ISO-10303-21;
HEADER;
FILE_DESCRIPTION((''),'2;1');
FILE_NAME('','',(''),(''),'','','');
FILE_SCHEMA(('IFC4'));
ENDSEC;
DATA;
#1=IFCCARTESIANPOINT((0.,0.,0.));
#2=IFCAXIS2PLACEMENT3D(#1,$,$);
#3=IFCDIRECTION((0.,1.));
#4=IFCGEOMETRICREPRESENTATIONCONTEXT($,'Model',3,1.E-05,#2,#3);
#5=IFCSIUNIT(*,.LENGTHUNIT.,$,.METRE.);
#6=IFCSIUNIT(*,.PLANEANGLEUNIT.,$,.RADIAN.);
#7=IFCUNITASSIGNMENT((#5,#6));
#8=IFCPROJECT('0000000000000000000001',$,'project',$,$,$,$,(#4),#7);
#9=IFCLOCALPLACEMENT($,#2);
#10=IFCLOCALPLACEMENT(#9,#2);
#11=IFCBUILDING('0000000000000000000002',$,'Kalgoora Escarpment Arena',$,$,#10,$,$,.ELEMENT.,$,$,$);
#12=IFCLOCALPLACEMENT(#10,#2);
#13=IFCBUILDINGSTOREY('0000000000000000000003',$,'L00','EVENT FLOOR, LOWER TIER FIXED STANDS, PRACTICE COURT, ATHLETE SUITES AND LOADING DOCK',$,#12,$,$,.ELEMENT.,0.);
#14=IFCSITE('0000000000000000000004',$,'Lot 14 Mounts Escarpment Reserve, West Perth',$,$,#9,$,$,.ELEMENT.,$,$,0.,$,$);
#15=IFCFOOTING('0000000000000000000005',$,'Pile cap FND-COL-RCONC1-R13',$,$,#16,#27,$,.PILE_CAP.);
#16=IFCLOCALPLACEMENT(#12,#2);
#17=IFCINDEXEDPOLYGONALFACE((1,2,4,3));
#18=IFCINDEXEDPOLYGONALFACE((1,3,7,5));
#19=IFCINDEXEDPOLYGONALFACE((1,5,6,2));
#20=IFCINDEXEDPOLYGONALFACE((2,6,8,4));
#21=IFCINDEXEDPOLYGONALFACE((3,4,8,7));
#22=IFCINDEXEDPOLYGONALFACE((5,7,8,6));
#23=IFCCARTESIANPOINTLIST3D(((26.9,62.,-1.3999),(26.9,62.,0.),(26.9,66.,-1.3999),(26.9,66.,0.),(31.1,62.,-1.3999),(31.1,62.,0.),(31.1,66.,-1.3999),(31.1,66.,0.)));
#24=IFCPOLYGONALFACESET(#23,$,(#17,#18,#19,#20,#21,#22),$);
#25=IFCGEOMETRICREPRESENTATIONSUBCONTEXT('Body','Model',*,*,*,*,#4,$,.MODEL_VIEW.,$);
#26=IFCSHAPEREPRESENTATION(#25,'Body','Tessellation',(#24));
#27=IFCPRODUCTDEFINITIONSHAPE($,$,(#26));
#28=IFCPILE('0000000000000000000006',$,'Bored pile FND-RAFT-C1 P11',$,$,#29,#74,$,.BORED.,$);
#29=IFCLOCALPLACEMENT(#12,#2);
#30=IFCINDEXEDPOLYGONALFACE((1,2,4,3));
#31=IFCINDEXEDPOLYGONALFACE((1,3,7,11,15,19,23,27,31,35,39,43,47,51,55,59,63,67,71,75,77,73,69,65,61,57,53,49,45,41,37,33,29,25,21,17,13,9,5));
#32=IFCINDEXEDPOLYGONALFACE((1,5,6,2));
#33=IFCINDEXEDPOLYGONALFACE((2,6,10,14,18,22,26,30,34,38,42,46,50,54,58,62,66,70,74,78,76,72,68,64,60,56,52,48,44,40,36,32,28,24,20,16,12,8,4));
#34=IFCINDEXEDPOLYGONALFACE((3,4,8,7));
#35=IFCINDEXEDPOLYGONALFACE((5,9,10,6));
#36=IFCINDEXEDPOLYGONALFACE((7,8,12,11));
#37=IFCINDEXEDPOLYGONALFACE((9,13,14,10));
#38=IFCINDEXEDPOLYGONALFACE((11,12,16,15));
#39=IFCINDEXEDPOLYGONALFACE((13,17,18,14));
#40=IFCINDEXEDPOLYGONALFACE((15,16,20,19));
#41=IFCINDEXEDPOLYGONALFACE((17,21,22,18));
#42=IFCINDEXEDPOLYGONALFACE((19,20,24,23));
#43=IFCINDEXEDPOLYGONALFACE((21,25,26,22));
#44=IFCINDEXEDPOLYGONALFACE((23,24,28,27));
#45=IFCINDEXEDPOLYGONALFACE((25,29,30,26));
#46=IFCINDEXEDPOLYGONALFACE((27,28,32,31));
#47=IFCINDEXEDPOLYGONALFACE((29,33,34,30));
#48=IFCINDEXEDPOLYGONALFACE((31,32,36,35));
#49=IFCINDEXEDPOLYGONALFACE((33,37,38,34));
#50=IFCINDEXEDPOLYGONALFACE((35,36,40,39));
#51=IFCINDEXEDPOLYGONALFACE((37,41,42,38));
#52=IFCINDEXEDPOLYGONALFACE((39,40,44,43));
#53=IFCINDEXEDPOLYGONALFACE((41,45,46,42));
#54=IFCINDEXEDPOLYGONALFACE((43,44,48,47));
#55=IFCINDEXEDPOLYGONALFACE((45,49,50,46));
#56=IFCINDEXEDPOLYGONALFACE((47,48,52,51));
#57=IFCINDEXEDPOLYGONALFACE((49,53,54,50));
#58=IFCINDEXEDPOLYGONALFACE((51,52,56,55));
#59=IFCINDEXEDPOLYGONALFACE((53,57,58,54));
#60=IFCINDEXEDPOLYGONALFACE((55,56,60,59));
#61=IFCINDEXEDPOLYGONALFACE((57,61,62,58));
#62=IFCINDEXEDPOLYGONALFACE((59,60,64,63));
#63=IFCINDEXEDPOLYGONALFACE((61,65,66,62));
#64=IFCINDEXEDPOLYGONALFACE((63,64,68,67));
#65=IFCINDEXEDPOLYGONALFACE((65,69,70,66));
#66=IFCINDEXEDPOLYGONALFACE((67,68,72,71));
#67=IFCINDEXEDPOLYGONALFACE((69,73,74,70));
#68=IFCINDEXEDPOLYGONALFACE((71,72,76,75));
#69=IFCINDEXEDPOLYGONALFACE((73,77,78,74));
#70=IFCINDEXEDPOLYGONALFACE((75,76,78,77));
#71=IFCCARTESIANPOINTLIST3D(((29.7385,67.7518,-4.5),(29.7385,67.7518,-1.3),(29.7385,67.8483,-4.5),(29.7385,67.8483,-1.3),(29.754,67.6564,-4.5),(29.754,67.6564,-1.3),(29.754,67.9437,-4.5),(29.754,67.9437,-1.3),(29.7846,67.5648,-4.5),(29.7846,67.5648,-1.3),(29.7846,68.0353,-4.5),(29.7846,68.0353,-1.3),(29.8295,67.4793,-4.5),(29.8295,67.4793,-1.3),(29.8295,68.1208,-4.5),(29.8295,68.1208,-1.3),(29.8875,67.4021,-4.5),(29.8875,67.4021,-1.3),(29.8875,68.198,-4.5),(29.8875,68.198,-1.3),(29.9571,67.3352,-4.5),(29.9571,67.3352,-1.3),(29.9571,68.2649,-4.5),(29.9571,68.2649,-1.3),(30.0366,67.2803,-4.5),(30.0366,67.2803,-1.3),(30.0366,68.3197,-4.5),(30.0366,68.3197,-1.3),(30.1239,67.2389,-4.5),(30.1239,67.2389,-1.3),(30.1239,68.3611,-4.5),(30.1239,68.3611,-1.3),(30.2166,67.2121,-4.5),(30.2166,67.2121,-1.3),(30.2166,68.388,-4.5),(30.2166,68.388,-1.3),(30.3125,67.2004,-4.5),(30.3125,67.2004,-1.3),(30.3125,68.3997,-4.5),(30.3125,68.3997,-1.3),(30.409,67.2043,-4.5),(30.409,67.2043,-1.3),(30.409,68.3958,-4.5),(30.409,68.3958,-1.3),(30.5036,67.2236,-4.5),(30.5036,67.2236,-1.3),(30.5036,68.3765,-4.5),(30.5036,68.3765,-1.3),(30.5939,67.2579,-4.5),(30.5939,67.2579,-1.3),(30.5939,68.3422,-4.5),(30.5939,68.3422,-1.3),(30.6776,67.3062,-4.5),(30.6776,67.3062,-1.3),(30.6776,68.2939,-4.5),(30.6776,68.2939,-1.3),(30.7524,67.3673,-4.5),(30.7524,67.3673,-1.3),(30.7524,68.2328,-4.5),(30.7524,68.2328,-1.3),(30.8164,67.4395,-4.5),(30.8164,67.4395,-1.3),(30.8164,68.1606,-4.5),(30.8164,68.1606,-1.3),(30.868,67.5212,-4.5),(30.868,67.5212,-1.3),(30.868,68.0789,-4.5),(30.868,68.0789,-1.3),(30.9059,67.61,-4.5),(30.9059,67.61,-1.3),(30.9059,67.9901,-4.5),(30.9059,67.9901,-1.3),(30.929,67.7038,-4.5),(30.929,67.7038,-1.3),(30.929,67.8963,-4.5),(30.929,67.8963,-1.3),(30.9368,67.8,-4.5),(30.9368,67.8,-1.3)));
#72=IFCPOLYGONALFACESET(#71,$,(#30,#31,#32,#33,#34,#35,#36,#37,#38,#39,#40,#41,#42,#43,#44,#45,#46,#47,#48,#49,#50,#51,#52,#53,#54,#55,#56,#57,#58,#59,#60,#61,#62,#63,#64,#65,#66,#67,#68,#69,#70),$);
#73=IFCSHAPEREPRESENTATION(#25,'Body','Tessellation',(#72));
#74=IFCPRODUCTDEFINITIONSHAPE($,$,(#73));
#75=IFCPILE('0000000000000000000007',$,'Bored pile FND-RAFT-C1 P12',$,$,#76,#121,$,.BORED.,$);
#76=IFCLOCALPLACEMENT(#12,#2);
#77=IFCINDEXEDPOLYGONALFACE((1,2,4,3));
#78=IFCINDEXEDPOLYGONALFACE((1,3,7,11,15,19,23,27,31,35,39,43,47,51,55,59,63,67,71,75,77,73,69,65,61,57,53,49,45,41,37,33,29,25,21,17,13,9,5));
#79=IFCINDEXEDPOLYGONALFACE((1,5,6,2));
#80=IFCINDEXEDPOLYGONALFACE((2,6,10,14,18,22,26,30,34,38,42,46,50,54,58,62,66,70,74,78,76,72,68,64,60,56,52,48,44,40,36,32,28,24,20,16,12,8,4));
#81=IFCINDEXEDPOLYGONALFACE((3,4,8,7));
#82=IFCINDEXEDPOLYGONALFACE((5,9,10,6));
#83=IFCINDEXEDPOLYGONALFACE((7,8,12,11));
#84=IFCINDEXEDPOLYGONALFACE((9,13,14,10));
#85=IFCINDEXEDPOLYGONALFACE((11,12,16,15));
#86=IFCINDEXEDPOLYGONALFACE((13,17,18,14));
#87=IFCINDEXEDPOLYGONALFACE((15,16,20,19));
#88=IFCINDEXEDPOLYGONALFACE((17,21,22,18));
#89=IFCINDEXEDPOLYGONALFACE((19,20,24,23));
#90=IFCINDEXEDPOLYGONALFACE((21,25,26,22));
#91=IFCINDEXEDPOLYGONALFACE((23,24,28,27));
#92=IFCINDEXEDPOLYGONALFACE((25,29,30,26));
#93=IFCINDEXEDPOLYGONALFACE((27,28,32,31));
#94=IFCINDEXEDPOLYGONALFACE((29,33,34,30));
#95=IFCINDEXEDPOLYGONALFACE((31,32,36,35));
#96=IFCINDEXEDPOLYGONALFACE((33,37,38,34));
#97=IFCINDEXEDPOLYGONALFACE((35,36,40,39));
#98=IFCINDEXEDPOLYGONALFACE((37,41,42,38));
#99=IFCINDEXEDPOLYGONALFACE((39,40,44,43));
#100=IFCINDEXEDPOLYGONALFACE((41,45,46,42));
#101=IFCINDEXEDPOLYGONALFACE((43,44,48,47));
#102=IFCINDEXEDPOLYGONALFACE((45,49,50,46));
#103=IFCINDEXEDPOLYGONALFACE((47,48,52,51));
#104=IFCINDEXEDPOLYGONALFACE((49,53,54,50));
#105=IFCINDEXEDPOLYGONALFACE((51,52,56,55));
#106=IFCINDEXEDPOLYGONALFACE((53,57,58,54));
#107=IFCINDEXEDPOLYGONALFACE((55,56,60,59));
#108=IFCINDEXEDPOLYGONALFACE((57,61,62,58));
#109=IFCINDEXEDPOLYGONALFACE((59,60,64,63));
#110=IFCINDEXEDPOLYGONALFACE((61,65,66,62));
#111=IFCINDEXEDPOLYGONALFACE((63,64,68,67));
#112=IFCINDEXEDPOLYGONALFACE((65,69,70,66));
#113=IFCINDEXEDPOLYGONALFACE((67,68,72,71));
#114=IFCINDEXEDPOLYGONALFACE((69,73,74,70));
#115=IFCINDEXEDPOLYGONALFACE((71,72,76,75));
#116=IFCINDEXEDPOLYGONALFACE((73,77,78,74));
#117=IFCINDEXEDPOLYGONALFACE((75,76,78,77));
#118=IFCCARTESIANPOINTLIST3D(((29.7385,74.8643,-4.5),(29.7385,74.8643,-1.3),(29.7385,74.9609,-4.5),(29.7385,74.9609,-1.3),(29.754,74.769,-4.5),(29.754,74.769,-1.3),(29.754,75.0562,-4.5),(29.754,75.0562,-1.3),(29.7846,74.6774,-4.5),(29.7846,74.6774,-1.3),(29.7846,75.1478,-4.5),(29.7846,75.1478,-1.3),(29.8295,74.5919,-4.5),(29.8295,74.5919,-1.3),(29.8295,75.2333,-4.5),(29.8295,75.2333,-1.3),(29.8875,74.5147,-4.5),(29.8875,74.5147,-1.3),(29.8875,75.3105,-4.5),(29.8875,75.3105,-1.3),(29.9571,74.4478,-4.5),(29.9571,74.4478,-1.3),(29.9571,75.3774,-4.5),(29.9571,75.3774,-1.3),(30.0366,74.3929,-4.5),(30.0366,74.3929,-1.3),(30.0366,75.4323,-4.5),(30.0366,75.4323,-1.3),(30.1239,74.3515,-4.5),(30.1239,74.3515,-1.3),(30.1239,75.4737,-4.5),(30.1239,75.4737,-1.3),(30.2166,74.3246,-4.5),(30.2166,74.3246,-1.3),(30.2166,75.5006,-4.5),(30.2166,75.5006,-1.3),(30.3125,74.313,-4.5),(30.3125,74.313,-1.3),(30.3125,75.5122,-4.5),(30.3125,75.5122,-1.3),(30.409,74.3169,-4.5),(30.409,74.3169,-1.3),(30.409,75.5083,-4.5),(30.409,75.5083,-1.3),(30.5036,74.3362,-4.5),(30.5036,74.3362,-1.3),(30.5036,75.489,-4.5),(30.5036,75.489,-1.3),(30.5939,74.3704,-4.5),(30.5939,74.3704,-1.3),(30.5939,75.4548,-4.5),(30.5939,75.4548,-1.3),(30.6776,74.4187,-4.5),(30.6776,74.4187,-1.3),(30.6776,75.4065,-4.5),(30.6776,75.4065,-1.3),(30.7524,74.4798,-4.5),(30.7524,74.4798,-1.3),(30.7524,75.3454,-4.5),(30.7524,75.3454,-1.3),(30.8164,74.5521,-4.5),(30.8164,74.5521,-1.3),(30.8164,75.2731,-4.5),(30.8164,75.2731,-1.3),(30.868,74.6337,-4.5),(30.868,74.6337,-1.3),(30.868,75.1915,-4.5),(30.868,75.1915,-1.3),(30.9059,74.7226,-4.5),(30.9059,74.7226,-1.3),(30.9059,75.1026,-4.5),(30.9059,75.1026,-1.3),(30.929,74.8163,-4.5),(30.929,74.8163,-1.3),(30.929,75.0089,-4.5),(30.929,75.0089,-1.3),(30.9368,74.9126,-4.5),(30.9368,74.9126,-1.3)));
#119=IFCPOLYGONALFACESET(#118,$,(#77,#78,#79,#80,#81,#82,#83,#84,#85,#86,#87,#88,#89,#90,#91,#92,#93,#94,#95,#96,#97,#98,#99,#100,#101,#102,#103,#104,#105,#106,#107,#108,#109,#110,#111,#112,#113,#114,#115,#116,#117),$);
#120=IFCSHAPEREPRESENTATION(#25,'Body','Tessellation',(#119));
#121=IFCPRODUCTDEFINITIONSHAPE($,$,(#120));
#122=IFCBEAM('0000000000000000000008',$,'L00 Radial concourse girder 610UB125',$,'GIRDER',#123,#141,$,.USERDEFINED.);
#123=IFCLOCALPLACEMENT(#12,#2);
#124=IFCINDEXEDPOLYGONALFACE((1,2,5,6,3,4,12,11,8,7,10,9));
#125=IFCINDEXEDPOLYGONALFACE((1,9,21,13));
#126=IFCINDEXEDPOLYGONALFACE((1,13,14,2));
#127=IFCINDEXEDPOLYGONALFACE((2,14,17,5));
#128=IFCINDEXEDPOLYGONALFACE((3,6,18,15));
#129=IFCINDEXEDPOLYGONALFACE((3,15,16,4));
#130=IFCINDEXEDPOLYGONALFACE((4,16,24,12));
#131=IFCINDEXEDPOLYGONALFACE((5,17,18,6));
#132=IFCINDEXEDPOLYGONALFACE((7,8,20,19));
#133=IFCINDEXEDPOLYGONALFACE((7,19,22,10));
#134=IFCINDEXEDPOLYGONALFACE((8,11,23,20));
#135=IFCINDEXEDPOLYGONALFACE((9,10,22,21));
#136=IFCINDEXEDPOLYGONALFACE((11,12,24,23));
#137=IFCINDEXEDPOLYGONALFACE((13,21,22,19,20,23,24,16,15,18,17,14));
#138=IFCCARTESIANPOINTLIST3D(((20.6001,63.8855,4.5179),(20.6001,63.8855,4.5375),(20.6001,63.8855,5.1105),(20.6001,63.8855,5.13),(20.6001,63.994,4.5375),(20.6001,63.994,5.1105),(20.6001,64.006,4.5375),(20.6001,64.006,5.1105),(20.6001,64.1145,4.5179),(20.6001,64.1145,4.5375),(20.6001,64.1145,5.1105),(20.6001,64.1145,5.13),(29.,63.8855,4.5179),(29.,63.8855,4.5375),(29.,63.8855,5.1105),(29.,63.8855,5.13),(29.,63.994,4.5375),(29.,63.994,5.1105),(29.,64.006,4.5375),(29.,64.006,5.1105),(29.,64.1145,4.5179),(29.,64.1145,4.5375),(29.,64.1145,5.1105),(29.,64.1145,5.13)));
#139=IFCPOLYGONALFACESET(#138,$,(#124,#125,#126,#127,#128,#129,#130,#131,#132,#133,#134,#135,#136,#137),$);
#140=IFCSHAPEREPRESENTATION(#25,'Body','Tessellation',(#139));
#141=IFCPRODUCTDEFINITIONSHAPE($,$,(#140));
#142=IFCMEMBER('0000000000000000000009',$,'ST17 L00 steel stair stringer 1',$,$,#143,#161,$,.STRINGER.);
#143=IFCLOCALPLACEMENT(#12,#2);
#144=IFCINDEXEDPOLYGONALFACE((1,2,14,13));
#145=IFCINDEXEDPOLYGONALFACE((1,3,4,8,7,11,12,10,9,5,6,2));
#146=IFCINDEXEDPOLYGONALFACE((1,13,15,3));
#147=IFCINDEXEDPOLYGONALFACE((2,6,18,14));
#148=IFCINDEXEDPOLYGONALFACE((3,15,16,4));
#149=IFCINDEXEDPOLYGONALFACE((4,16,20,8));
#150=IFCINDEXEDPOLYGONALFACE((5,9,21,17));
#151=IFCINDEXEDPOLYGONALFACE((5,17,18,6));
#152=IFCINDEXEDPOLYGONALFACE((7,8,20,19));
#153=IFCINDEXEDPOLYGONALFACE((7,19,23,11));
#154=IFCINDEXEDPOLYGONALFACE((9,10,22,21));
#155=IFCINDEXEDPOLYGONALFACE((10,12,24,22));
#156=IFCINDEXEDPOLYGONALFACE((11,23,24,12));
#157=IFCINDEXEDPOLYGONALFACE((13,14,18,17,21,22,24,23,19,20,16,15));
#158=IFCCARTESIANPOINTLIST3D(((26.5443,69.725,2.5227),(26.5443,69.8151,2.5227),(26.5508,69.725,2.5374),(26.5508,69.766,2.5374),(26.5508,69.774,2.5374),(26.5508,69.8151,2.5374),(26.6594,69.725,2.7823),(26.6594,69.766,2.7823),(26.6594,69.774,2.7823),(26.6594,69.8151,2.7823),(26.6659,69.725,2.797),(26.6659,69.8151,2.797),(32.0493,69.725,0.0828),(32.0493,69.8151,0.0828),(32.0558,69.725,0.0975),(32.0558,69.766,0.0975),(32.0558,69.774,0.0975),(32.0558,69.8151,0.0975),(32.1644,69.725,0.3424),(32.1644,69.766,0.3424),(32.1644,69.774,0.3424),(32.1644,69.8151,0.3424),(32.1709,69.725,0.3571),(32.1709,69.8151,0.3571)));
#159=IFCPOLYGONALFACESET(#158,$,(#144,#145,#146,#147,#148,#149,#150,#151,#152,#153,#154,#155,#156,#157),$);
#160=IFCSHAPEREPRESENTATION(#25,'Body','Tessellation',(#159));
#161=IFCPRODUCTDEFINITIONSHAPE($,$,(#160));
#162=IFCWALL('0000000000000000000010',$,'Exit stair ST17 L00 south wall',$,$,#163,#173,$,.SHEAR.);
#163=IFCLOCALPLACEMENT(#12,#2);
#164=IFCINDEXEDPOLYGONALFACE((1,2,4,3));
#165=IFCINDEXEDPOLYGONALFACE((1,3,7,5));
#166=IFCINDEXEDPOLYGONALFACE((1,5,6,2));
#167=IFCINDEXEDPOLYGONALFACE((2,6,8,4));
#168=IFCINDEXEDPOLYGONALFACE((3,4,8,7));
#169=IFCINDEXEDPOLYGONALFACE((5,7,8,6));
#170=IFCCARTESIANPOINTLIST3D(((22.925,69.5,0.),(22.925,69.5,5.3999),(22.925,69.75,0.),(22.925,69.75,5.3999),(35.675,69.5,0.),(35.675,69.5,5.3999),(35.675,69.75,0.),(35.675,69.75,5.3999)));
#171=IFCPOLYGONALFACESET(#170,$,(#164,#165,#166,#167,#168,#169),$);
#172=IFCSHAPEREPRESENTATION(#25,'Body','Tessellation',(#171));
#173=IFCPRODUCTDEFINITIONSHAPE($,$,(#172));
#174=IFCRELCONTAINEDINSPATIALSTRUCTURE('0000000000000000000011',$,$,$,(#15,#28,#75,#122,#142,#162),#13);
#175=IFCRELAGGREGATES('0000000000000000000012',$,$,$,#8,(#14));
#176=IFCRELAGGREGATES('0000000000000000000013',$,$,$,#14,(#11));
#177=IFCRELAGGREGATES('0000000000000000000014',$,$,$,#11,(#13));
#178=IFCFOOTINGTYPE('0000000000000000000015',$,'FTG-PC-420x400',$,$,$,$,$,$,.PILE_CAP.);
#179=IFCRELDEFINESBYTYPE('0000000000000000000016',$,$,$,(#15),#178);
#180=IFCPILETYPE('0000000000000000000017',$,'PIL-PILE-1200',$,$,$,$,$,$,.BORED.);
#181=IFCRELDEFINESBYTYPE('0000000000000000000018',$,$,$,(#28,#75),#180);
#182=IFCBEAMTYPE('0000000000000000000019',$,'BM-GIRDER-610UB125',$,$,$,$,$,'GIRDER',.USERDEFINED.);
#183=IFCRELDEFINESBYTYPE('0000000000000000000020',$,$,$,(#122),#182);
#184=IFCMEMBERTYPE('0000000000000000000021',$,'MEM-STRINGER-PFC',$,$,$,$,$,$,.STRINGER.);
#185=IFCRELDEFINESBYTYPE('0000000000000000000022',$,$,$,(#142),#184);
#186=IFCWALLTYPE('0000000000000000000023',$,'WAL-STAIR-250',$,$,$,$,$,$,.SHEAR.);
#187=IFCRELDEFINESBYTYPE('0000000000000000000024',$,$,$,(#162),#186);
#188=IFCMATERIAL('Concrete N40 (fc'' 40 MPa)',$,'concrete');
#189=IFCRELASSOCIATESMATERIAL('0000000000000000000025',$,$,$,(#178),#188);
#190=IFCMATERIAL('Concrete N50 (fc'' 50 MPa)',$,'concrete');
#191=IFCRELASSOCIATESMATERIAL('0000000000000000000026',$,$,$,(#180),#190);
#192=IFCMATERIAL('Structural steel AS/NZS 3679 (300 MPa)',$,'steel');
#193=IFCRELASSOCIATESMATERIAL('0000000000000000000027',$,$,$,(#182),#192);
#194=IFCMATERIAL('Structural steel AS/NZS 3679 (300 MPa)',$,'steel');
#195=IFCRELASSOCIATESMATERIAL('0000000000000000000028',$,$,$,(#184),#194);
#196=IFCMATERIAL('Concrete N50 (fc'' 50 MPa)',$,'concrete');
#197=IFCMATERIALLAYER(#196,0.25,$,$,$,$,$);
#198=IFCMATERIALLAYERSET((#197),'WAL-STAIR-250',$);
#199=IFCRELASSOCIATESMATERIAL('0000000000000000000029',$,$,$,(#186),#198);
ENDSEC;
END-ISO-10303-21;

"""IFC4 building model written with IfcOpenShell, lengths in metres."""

from ifc_helpers import new_model, si_unit, direction, frame, frame_2d, origin, origin_2d, place, context, subcontext, project, spatial, rectangle, circle, i_section, extrude, material, layer, layer_set, material_profile, profile_set, type_object, element, save


model = new_model("IFC4")

# Units and contexts
model_context = context("Model", 3, precision=1e-05, world=origin(), true_north=direction((0.0, 1.0)))
body_context = subcontext(model_context, "Body", "Model", "MODEL_VIEW")
ifc_project = project(units=[si_unit("LENGTHUNIT", "METRE"), si_unit("PLANEANGLEUNIT", "RADIAN")], contexts=[model_context])

# Site, building, storey
site_placement = place(None, origin())
site = spatial("IfcSite", under=ifc_project, at=site_placement, Name="Lot 14 Mounts Escarpment Reserve, West Perth", CompositionType="ELEMENT", RefElevation=0.0)
building_placement = place(site_placement, origin())
building = spatial("IfcBuilding", under=site, at=building_placement, Name="Kalgoora Escarpment Arena", CompositionType="ELEMENT")
storey_placement = place(building_placement, origin())
storey = spatial("IfcBuildingStorey", under=building, at=storey_placement, Name="L00", Description="EVENT FLOOR, LOWER TIER FIXED STANDS, PRACTICE COURT, ATHLETE SUITES AND LOADING DOCK", CompositionType="ELEMENT", Elevation=0.0)

# Footing
ifc_material_1 = material(Name="Concrete N40 (fc' 40 MPa)", Category="concrete")
footing_type = type_object("IfcFootingType", Name="FTG-PC-420x400", PredefinedType="PILE_CAP", material=ifc_material_1)
footing_placement = place(storey_placement, frame((29.0, 64.0, -1.3999), z_axis=(0.0, 0.0, 1.0), x_axis=(1.0, 0.0, 0.0)))
element("IfcFooting", 1, at=footing_placement, inside=storey, type_object=footing_type, Name="Pile cap FND-COL-RCONC1-R13", PredefinedType="PILE_CAP", context=body_context, shape_type="SweptSolid", body=[
    extrude(rectangle(XDim=4.2, YDim=4.0, at=origin_2d()), origin(), (0.0, 0.0, 1.0), 1.3999),
])

# Piles
ifc_material_2 = material(Name="Concrete N50 (fc' 50 MPa)", Category="concrete")
ifc_material_profile_1 = material_profile(ifc_material_2, circle(Radius=0.6001, at=origin_2d()))
ifc_profile_set_1 = profile_set([ifc_material_profile_1], Name="Concrete N50 (fc' 50 MPa)")
pile_type = type_object("IfcPileType", Name="PIL-PILE-1200", PredefinedType="BORED", material=ifc_profile_set_1)
for number, where, z_axis, x_axis, name in (
    (2, (30.3367, 67.8, -1.3), (0.0, 0.0, -1.0), (1.0, 0.0, 0.0), "Bored pile FND-RAFT-C1 P11"),
    (3, (30.3367, 74.9126, -1.3), (0.0, 0.0, -1.0), (1.0, 0.0, 0.0), "Bored pile FND-RAFT-C1 P12"),
):
    element("IfcPile", number, at=place(storey_placement, frame(where, z_axis=z_axis, x_axis=x_axis)), inside=storey, type_object=pile_type, Name=name, PredefinedType="BORED", context=body_context, shape_type="SweptSolid", body=[
        extrude(circle(Radius=0.6001, at=origin_2d()), origin(), (0.0, 0.0, 1.0), 3.2),
    ])

# Beam
ifc_material_3 = material(Name="Structural steel AS/NZS 3679 (300 MPa)", Category="steel")
ifc_material_profile_2 = material_profile(ifc_material_3, i_section(OverallWidth=0.229, OverallDepth=0.6121, WebThickness=0.012, FlangeThickness=0.0195, at=origin_2d()))
ifc_profile_set_2 = profile_set([ifc_material_profile_2], Name="Structural steel AS/NZS 3679 (300 MPa)")
beam_type = type_object("IfcBeamType", Name="BM-GIRDER-610UB125", ElementType="GIRDER", PredefinedType="USERDEFINED", material=ifc_profile_set_2)
beam_placement = place(storey_placement, frame((29.0, 64.0, 4.824), z_axis=(-1.0, 0.0, 0.0), x_axis=(0.0, -1.0, 0.0)))
element("IfcBeam", 4, at=beam_placement, inside=storey, type_object=beam_type, Name="L00 Radial concourse girder 610UB125", ObjectType="GIRDER", PredefinedType="USERDEFINED", context=body_context, shape_type="SweptSolid", body=[
    extrude(i_section(OverallWidth=0.229, OverallDepth=0.6121, WebThickness=0.012, FlangeThickness=0.0195, at=origin_2d()), origin(), (0.0, 0.0, 1.0), 8.3999),
])

# Member
ifc_material_4 = material(Name="Structural steel AS/NZS 3679 (300 MPa)", Category="steel")
ifc_material_profile_3 = material_profile(ifc_material_4, i_section(OverallWidth=0.0901, OverallDepth=0.3, WebThickness=0.0081, FlangeThickness=0.0161, at=origin_2d()))
ifc_profile_set_3 = profile_set([ifc_material_profile_3], Name="Structural steel AS/NZS 3679 (300 MPa)")
member_type = type_object("IfcMemberType", Name="MEM-STRINGER-PFC", PredefinedType="STRINGER", material=ifc_profile_set_3)
member_placement = place(storey_placement, frame((32.1101, 69.77, 0.22), z_axis=(-0.914229, 0.0, 0.405198), x_axis=(0.0, -1.0, 0.0)))
element("IfcMember", 5, at=member_placement, inside=storey, type_object=member_type, Name="ST17 L00 steel stair stringer 1", PredefinedType="STRINGER", context=body_context, shape_type="SweptSolid", body=[
    extrude(i_section(OverallWidth=0.0901, OverallDepth=0.3, WebThickness=0.0081, FlangeThickness=0.0161, at=origin_2d()), origin(), (0.0, 0.0, 1.0), 6.0215),
])

# Wall
ifc_material_5 = material(Name="Concrete N50 (fc' 50 MPa)", Category="concrete")
ifc_layer_1 = layer(ifc_material_5, 0.25)
ifc_layer_set_1 = layer_set([ifc_layer_1], Name="WAL-STAIR-250")
wall_type_1 = type_object("IfcWallType", Name="WAL-STAIR-250", PredefinedType="SHEAR", material=ifc_layer_set_1)
wall_1_placement = place(storey_placement, frame((22.925, 69.625, 0.0), z_axis=(0.0, 0.0, 1.0), x_axis=(1.0, 0.0, 0.0)))
element("IfcWall", 6, at=wall_1_placement, inside=storey, type_object=wall_type_1, Name="Exit stair ST17 L00 south wall", PredefinedType="SHEAR", context=body_context, shape_type="SweptSolid", body=[
    extrude(rectangle(XDim=12.75, YDim=0.25, at=frame_2d((6.375, 0.0))), origin(), (0.0, 0.0, 1.0), 5.3999),
])

save(model, "model.ifc")
